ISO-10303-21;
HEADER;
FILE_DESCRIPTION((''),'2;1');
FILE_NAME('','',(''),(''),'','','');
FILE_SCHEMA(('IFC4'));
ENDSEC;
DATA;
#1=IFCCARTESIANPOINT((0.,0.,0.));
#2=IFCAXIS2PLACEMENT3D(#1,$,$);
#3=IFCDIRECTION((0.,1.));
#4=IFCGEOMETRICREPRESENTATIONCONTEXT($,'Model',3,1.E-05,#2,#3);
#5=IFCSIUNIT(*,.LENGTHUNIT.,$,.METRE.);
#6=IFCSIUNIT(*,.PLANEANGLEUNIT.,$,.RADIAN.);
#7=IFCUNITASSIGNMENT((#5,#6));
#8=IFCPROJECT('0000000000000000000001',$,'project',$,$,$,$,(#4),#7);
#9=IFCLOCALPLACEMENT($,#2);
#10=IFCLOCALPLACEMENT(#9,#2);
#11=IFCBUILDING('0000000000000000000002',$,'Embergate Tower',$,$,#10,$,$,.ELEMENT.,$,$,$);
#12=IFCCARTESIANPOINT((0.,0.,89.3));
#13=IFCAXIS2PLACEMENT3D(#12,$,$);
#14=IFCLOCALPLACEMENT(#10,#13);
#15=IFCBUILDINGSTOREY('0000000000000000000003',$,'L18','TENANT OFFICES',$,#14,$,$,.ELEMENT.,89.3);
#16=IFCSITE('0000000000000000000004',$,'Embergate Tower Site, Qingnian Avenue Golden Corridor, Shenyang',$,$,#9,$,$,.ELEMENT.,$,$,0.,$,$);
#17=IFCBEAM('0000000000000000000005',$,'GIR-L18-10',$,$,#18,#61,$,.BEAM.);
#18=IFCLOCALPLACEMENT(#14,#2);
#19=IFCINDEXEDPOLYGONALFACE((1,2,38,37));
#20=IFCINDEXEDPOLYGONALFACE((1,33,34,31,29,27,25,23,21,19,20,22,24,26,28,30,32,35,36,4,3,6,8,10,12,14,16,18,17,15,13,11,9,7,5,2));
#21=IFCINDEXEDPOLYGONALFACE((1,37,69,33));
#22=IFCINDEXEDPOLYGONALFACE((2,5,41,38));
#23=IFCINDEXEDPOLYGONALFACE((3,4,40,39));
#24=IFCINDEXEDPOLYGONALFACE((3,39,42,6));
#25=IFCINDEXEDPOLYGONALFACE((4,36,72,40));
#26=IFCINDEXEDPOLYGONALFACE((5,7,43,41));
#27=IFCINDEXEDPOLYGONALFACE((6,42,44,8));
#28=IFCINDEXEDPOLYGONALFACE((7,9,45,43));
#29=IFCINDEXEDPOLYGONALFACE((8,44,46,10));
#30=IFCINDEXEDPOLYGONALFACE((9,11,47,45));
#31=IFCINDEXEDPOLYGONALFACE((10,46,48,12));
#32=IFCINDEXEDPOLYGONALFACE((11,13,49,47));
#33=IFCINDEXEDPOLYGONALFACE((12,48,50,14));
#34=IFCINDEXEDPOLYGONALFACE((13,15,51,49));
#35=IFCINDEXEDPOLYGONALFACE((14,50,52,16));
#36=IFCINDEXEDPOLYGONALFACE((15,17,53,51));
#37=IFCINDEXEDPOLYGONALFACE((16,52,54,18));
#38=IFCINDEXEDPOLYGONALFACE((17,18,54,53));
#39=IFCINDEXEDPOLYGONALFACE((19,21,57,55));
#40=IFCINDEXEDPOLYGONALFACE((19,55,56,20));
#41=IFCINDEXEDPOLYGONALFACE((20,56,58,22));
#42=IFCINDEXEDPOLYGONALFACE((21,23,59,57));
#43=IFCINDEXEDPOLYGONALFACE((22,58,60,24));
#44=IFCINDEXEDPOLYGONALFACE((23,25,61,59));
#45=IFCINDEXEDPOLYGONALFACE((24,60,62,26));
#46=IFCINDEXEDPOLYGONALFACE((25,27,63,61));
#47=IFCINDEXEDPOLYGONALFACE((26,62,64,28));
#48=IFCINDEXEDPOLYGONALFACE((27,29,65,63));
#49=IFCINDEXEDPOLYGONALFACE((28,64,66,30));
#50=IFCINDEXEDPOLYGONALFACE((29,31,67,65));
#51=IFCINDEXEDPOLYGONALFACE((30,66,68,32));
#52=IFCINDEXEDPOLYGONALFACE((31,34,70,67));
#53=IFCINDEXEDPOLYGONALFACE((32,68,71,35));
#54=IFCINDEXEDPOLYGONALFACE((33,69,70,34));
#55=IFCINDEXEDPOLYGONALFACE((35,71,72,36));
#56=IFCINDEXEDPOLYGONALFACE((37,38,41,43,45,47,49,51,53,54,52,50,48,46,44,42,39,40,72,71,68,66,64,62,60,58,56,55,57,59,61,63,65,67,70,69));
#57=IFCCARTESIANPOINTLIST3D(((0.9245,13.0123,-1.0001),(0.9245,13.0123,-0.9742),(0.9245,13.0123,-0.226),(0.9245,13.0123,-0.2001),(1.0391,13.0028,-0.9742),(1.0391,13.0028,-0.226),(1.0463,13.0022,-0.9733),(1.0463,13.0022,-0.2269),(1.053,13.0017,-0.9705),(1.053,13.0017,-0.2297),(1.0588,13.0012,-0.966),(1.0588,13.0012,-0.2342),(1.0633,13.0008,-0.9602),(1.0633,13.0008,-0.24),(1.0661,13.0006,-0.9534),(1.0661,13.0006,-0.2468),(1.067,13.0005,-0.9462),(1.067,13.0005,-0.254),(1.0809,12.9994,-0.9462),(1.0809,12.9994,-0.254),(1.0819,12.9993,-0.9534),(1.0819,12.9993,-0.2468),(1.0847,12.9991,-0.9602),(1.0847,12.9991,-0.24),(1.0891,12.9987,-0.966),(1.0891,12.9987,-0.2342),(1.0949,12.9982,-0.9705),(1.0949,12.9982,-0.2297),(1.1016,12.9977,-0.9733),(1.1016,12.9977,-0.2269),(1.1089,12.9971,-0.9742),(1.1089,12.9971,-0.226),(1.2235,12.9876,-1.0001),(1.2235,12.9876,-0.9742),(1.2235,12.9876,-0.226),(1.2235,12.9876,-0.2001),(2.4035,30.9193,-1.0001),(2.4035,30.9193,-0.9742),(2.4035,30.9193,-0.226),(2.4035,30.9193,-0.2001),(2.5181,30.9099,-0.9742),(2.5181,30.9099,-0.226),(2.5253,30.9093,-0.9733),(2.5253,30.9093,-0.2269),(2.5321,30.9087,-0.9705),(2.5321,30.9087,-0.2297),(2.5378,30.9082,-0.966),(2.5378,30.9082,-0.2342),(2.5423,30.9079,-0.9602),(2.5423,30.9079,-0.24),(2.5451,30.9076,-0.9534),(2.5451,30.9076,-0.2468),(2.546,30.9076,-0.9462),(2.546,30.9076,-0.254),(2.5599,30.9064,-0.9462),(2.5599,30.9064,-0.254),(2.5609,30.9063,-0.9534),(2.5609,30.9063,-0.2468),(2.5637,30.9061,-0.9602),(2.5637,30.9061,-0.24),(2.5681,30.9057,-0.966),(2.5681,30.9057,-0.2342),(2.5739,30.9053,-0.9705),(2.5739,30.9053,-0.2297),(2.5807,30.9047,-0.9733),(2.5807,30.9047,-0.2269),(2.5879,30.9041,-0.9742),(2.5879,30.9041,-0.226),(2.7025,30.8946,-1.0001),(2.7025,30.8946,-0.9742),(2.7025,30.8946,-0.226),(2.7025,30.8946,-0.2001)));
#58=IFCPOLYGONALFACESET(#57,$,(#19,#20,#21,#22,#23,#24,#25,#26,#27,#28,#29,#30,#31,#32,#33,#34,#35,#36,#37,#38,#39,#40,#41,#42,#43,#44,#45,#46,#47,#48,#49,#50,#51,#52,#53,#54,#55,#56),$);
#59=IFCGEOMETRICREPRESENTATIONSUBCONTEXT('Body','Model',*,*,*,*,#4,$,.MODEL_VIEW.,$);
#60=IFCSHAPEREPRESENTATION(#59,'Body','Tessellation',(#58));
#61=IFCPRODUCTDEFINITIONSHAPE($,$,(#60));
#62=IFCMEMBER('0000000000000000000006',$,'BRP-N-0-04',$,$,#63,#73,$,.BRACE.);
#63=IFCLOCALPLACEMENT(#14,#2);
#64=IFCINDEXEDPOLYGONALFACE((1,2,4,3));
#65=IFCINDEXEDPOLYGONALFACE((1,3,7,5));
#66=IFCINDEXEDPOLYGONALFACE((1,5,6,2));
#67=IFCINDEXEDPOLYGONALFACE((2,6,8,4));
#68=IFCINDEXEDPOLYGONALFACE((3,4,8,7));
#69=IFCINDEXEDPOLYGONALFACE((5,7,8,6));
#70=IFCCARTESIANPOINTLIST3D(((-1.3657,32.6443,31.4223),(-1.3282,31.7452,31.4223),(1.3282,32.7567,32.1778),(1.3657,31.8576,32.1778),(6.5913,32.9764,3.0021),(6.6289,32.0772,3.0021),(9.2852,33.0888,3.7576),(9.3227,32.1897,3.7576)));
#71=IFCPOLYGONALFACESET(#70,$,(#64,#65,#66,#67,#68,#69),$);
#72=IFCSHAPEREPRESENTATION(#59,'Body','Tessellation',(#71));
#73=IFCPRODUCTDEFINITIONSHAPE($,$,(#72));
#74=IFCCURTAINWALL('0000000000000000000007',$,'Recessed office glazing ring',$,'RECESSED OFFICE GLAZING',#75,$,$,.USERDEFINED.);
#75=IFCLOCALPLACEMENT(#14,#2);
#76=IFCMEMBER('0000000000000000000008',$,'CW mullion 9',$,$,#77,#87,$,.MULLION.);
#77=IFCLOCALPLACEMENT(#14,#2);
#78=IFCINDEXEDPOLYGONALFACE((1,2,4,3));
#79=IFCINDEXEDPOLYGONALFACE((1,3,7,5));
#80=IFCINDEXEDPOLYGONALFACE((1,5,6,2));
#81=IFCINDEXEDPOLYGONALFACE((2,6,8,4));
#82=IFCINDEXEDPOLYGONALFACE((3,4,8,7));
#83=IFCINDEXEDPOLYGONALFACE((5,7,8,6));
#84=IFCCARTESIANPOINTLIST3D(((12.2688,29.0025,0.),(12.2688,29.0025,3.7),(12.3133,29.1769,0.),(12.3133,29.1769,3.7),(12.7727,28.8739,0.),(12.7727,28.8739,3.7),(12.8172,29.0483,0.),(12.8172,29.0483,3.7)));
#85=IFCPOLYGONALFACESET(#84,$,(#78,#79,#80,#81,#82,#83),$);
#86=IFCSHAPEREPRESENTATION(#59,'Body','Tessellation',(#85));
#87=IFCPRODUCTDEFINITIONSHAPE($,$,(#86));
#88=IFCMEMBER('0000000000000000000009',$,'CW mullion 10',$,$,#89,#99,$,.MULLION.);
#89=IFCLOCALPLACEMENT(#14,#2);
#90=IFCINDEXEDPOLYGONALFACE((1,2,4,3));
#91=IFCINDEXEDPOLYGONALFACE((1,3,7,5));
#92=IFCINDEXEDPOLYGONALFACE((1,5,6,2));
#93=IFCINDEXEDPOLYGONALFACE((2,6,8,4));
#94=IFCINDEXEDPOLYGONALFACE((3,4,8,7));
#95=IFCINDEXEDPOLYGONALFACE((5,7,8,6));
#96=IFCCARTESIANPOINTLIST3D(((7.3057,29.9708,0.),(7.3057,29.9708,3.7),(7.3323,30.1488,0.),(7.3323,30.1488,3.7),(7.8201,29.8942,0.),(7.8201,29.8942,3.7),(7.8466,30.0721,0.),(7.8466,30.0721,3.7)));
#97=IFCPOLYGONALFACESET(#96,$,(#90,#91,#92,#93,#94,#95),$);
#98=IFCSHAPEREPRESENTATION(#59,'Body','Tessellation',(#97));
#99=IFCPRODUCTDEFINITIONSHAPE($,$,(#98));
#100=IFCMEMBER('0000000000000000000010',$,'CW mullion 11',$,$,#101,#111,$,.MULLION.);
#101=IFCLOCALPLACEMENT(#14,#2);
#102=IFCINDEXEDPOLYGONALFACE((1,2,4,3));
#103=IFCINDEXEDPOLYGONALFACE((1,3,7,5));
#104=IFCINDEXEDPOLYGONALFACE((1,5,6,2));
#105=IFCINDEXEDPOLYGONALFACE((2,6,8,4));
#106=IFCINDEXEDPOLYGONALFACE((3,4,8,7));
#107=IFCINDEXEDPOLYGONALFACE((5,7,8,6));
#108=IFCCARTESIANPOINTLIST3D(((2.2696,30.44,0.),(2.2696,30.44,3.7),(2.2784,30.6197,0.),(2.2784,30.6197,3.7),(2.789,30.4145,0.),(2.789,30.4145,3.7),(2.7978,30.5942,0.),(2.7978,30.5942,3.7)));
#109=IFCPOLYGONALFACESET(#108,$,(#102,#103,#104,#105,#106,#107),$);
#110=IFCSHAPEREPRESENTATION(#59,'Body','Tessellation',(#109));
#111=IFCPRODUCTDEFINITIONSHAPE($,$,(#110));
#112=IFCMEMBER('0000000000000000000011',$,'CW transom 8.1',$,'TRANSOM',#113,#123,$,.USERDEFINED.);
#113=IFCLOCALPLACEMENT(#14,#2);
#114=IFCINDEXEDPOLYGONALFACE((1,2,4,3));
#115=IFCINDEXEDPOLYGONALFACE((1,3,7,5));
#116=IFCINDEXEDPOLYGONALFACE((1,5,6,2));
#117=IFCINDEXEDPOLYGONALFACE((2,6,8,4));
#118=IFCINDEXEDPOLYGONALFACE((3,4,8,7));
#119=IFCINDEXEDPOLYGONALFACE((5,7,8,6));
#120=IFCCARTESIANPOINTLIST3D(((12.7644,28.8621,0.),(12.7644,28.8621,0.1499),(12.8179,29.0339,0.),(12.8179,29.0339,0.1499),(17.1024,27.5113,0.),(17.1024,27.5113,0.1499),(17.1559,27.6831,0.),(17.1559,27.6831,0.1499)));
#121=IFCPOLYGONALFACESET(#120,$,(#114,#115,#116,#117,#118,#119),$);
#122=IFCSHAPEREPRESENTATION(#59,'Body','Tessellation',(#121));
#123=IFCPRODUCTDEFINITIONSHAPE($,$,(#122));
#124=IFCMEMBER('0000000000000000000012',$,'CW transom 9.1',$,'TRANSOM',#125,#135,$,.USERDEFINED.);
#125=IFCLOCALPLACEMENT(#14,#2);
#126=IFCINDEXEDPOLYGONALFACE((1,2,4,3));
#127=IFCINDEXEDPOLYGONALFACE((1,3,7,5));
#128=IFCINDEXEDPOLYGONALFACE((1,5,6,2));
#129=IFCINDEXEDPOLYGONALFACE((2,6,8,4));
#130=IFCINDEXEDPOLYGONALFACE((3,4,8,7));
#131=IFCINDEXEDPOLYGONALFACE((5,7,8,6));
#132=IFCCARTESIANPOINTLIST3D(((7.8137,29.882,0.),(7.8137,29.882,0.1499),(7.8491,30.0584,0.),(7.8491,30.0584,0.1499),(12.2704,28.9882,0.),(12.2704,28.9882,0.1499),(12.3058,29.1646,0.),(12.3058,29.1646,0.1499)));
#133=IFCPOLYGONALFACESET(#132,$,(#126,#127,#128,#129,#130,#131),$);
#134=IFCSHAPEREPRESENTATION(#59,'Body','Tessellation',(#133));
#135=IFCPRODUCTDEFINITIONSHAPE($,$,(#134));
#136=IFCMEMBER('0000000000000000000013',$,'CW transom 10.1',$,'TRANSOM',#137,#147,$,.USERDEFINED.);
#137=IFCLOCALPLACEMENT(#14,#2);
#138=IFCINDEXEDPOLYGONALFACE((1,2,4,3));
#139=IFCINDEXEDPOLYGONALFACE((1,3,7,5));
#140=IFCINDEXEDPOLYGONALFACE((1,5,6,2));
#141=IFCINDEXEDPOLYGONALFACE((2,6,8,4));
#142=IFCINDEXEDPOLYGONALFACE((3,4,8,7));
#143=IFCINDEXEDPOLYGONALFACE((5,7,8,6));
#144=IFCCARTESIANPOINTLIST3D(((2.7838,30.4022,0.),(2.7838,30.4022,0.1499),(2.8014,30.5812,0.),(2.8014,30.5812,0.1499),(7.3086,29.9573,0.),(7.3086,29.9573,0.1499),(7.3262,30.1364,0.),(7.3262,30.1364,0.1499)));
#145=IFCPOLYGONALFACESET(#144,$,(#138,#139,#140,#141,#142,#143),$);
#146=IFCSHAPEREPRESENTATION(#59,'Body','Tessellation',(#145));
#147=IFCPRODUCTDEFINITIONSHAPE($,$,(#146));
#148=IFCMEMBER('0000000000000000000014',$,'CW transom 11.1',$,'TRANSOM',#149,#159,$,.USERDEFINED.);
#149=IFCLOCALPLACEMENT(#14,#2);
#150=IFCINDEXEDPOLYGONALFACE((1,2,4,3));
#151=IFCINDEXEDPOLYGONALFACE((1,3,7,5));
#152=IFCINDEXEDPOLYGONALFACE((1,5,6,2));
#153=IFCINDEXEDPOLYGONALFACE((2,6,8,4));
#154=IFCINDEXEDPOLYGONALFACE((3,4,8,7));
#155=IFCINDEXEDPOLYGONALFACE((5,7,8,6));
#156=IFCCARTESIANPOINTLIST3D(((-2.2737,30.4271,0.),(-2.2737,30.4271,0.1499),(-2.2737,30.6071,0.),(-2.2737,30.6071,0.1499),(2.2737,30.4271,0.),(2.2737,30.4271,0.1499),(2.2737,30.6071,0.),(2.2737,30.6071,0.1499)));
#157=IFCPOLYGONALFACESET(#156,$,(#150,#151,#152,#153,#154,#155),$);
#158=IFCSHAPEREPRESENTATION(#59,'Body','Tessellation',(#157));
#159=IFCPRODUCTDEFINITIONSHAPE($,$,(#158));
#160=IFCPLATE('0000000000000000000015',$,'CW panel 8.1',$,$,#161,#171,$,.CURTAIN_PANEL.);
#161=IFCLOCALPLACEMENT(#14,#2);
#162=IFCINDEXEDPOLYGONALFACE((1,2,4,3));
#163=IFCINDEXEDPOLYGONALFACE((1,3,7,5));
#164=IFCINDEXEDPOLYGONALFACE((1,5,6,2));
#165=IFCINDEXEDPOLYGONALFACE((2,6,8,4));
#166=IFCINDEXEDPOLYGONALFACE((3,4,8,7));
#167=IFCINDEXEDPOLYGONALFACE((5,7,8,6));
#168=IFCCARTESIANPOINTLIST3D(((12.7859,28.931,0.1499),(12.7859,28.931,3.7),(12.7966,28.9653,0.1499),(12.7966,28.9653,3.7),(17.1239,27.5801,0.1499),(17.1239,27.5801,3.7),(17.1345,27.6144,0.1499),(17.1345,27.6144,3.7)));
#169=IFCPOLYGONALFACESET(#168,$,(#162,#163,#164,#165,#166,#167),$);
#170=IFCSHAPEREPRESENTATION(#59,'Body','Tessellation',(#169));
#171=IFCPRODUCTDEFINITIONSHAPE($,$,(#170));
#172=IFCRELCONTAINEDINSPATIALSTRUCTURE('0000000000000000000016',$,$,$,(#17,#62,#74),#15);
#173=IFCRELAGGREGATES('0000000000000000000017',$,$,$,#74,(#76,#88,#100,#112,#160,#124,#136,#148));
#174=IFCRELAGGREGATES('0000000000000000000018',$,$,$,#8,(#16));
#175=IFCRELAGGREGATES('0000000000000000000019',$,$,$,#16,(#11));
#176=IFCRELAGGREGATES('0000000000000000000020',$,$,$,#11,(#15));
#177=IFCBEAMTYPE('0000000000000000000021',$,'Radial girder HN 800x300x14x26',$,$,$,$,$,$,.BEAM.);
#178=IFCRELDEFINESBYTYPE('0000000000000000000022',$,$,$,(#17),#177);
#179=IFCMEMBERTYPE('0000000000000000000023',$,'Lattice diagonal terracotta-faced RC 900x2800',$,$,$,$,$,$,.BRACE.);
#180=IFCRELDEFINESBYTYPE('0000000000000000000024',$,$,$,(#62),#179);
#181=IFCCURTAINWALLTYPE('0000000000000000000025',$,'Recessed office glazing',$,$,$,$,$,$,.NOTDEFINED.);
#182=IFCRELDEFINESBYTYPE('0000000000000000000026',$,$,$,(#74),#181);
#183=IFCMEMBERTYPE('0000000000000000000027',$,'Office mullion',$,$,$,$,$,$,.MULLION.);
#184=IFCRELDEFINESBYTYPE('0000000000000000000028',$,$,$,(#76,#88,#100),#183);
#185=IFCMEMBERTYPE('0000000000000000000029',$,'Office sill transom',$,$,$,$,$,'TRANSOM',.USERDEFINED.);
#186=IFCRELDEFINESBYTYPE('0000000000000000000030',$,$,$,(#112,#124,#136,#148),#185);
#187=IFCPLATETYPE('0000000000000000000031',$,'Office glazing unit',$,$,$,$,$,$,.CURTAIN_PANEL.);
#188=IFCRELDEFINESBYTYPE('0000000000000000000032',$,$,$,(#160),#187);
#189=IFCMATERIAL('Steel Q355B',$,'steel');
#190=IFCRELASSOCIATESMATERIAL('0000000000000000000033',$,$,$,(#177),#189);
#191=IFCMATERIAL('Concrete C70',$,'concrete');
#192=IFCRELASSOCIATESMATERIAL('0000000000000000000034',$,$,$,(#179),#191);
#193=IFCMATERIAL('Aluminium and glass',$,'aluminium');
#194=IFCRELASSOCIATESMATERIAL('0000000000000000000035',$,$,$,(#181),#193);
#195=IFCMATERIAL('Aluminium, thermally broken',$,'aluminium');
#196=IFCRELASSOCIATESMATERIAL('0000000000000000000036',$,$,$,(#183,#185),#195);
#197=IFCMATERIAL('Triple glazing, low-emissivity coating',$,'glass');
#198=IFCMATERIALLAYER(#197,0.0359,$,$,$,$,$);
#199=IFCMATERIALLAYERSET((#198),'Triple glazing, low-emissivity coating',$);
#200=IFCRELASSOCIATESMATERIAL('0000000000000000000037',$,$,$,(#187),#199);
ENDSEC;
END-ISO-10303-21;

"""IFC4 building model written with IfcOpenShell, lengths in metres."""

from ifc_helpers import new_model, si_unit, direction, frame, origin, origin_2d, place, context, subcontext, project, spatial, rectangle, i_section, extrude, source, transform, mapped, material, layer, layer_set, material_profile, profile_set, type_object, element, aggregate, save


model = new_model("IFC4")

# Units and contexts
model_context = context("Model", 3, precision=1e-05, world=origin(), true_north=direction((0.0, 1.0)))
body_context = subcontext(model_context, "Body", "Model", "MODEL_VIEW")
ifc_project = project(units=[si_unit("LENGTHUNIT", "METRE"), si_unit("PLANEANGLEUNIT", "RADIAN")], contexts=[model_context])

# Site, building, storey
site_placement = place(None, origin())
site = spatial("IfcSite", under=ifc_project, at=site_placement, Name="Embergate Tower Site, Qingnian Avenue Golden Corridor, Shenyang", CompositionType="ELEMENT", RefElevation=0.0)
building_placement = place(site_placement, origin())
building = spatial("IfcBuilding", under=site, at=building_placement, Name="Embergate Tower", CompositionType="ELEMENT")
storey_placement = place(building_placement, frame((0.0, 0.0, 89.3)))
storey = spatial("IfcBuildingStorey", under=building, at=storey_placement, Name="L18", Description="TENANT OFFICES", CompositionType="ELEMENT", Elevation=89.3)

# Shared definitions
ifc_material_1 = material(Name="Concrete C70", Category="concrete")

# Beam
ifc_material_2 = material(Name="Steel Q355B", Category="steel")
ifc_material_profile_1 = material_profile(ifc_material_2, i_section(OverallWidth=0.3, OverallDepth=0.8, WebThickness=0.0139, FlangeThickness=0.0259, FilletRadius=0.0281, at=origin_2d()), Name="HN 800x300x14x26")
ifc_profile_set_1 = profile_set([ifc_material_profile_1], Name="Steel Q355 grade B")
beam_type_1 = type_object("IfcBeamType", Name="Radial girder HN 800x300x14x26", PredefinedType="BEAM", material=ifc_profile_set_1)
shared_shape_1 = source(origin(), body_context, "Body", "SweptSolid", [
    extrude(i_section(OverallWidth=0.3, OverallDepth=0.8, WebThickness=0.0139, FlangeThickness=0.0259, FilletRadius=0.0281, at=origin_2d()), origin(), (0.0, 0.0, 1.0), 17.968),
])
beam_1_placement = place(storey_placement, frame((2.553, 30.907, -0.6001), z_axis=(-0.082313, -0.996606, 0.0), x_axis=(0.996606, -0.082313, 0.0)))
element("IfcBeam", 1, at=beam_1_placement, inside=storey, type_object=beam_type_1, Name="GIR-L18-10", PredefinedType="BEAM", context=body_context, shape_type="MappedRepresentation", body=[
    mapped(shared_shape_1, transform((0.0, 0.0, 0.0))),
])

# Member
ifc_material_profile_2 = material_profile(ifc_material_1, rectangle(XDim=0.8999, YDim=2.8, at=origin_2d()), Name="RC 900x2800")
ifc_profile_set_2 = profile_set([ifc_material_profile_2], Name="Concrete C70")
member_type_1 = type_object("IfcMemberType", Name="Lattice diagonal terracotta-faced RC 900x2800", PredefinedType="BRACE", material=ifc_profile_set_2)
shared_shape_2 = source(origin(), body_context, "Body", "SweptSolid", [
    extrude(rectangle(XDim=0.8999, YDim=2.8, at=origin_2d()), origin(), (0.0, 0.0, 1.0), 29.5149),
])
member_1_placement = place(storey_placement, frame((7.957, 32.583, 3.3799), z_axis=(-0.269594, -0.01125, 0.962908), x_axis=(0.041692, -0.999131, 0.0)))
element("IfcMember", 2, at=member_1_placement, inside=storey, type_object=member_type_1, Name="BRP-N-0-04", PredefinedType="BRACE", context=body_context, shape_type="MappedRepresentation", body=[
    mapped(shared_shape_2, transform((0.0, 0.0, 0.0))),
])

# Curtain wall, members, plate
ifc_material_3 = material(Name="Aluminium and glass", Category="aluminium")
curtain_wall_type = type_object("IfcCurtainWallType", Name="Recessed office glazing", PredefinedType="NOTDEFINED", material=ifc_material_3)
curtain_wall_placement = place(storey_placement, origin())
curtain_wall = element("IfcCurtainWall", 3, at=curtain_wall_placement, inside=storey, type_object=curtain_wall_type, Name="Recessed office glazing ring", ObjectType="RECESSED OFFICE GLAZING", PredefinedType="USERDEFINED")
ifc_material_4 = material(Name="Aluminium, thermally broken", Category="aluminium")
ifc_material_profile_3 = material_profile(ifc_material_4, rectangle(XDim=0.1799, YDim=0.52, at=origin_2d()), Name="AL 520x180")
ifc_profile_set_3 = profile_set([ifc_material_profile_3], Name="Aluminium, thermally broken")
member_type_2 = type_object("IfcMemberType", Name="Office mullion", PredefinedType="MULLION", material=ifc_profile_set_3)
shared_shape_3 = source(origin(), body_context, "Body", "SweptSolid", [
    extrude(rectangle(XDim=0.1799, YDim=0.52, at=origin_2d()), origin(), (0.0, 0.0, 1.0), 3.7),
])
member_2_placement = place(storey_placement, frame((12.543, 29.0254, 0.0), z_axis=(0.0, 0.0, 1.0), x_axis=(-0.247312, -0.968936, 0.0)))
member_2 = element("IfcMember", 4, at=member_2_placement, type_object=member_type_2, Name="CW mullion 9", PredefinedType="MULLION", context=body_context, shape_type="MappedRepresentation", body=[
    mapped(shared_shape_3, transform((0.0, 0.0, 0.0))),
])
member_3_placement = place(storey_placement, frame((7.5762, 30.0215, 0.0), z_axis=(0.0, 0.0, 1.0), x_axis=(-0.147412, -0.989075, 0.0)))
member_3 = element("IfcMember", 5, at=member_3_placement, type_object=member_type_2, Name="CW mullion 10", PredefinedType="MULLION", context=body_context, shape_type="MappedRepresentation", body=[
    mapped(shared_shape_3, transform((0.0, 0.0, 0.0))),
])
member_4_placement = place(storey_placement, frame((2.5337, 30.5171, 0.0), z_axis=(0.0, 0.0, 1.0), x_axis=(-0.048972, -0.9988, 0.0)))
member_4 = element("IfcMember", 6, at=member_4_placement, type_object=member_type_2, Name="CW mullion 11", PredefinedType="MULLION", context=body_context, shape_type="MappedRepresentation", body=[
    mapped(shared_shape_3, transform((0.0, 0.0, 0.0))),
])
ifc_material_profile_4 = material_profile(ifc_material_4, rectangle(XDim=0.1799, YDim=0.1499, at=origin_2d()), Name="AL 150x180")
ifc_profile_set_4 = profile_set([ifc_material_profile_4], Name="Aluminium, thermally broken")
member_type_3 = type_object("IfcMemberType", Name="Office sill transom", ElementType="TRANSOM", PredefinedType="USERDEFINED", material=ifc_profile_set_4)
shared_shape_4 = source(origin(), body_context, "Body", "SweptSolid", [
    extrude(rectangle(XDim=0.1799, YDim=0.1499, at=origin_2d()), origin(), (0.0, 0.0, 1.0), 4.5435),
])
member_5_placement = place(storey_placement, frame((17.1292, 27.5972, 0.075), z_axis=(-0.954778, 0.29732, 0.0), x_axis=(-0.29732, -0.954778, 0.0)))
member_5 = element("IfcMember", 7, at=member_5_placement, type_object=member_type_3, Name="CW transom 8.1", ObjectType="TRANSOM", PredefinedType="USERDEFINED", context=body_context, shape_type="MappedRepresentation", body=[
    mapped(shared_shape_4, transform((0.0, 0.0, 0.0))),
])
shared_shape_5 = source(origin(), body_context, "Body", "SweptSolid", [
    extrude(rectangle(XDim=0.1799, YDim=0.1499, at=origin_2d()), origin(), (0.0, 0.0, 1.0), 4.5454),
])
member_6_placement = place(storey_placement, frame((12.2881, 29.0764, 0.075), z_axis=(-0.980477, 0.196633, 0.0), x_axis=(-0.196633, -0.980477, 0.0)))
member_6 = element("IfcMember", 8, at=member_6_placement, type_object=member_type_3, Name="CW transom 9.1", ObjectType="TRANSOM", PredefinedType="USERDEFINED", context=body_context, shape_type="MappedRepresentation", body=[
    mapped(shared_shape_5, transform((0.0, 0.0, 0.0))),
])
shared_shape_6 = source(origin(), body_context, "Body", "SweptSolid", [
    extrude(rectangle(XDim=0.1799, YDim=0.1499, at=origin_2d()), origin(), (0.0, 0.0, 1.0), 4.5466),
])
member_7_placement = place(storey_placement, frame((7.3174, 30.0469, 0.075), z_axis=(-0.995203, 0.097834, 0.0), x_axis=(-0.097834, -0.995203, 0.0)))
member_7 = element("IfcMember", 9, at=member_7_placement, type_object=member_type_3, Name="CW transom 10.1", ObjectType="TRANSOM", PredefinedType="USERDEFINED", context=body_context, shape_type="MappedRepresentation", body=[
    mapped(shared_shape_6, transform((0.0, 0.0, 0.0))),
])
shared_shape_7 = source(origin(), body_context, "Body", "SweptSolid", [
    extrude(rectangle(XDim=0.1799, YDim=0.1499, at=origin_2d()), origin(), (0.0, 0.0, 1.0), 4.5474),
])
member_8_placement = place(storey_placement, frame((2.2737, 30.5171, 0.075), z_axis=(-1.0, 0.0, 0.0), x_axis=(0.0, -1.0, 0.0)))
member_8 = element("IfcMember", 10, at=member_8_placement, type_object=member_type_3, Name="CW transom 11.1", ObjectType="TRANSOM", PredefinedType="USERDEFINED", context=body_context, shape_type="MappedRepresentation", body=[
    mapped(shared_shape_7, transform((0.0, 0.0, 0.0))),
])
ifc_material_5 = material(Name="Triple glazing, low-emissivity coating", Category="glass")
ifc_layer_1 = layer(ifc_material_5, 0.0359)
ifc_layer_set_1 = layer_set([ifc_layer_1], Name="Triple glazing, low-emissivity coating")
plate_type = type_object("IfcPlateType", Name="Office glazing unit", PredefinedType="CURTAIN_PANEL", material=ifc_layer_set_1)
shared_shape_8 = source(origin(), body_context, "Body", "SweptSolid", [
    extrude(rectangle(XDim=4.5435, YDim=0.0359, at=origin_2d()), origin(), (0.0, 0.0, 1.0), 3.55),
])
plate_1_placement = place(storey_placement, frame((14.9602, 28.2727, 0.1499), z_axis=(0.0, 0.0, 1.0), x_axis=(-0.954772, 0.297338, 0.0)))
plate_1 = element("IfcPlate", 11, at=plate_1_placement, type_object=plate_type, Name="CW panel 8.1", PredefinedType="CURTAIN_PANEL", context=body_context, shape_type="MappedRepresentation", body=[
    mapped(shared_shape_8, transform((0.0, 0.0, 0.0))),
])
aggregate(curtain_wall, [member_2, member_3, member_4, member_5, plate_1, member_6, member_7, member_8])

save(model, "model.ifc")
